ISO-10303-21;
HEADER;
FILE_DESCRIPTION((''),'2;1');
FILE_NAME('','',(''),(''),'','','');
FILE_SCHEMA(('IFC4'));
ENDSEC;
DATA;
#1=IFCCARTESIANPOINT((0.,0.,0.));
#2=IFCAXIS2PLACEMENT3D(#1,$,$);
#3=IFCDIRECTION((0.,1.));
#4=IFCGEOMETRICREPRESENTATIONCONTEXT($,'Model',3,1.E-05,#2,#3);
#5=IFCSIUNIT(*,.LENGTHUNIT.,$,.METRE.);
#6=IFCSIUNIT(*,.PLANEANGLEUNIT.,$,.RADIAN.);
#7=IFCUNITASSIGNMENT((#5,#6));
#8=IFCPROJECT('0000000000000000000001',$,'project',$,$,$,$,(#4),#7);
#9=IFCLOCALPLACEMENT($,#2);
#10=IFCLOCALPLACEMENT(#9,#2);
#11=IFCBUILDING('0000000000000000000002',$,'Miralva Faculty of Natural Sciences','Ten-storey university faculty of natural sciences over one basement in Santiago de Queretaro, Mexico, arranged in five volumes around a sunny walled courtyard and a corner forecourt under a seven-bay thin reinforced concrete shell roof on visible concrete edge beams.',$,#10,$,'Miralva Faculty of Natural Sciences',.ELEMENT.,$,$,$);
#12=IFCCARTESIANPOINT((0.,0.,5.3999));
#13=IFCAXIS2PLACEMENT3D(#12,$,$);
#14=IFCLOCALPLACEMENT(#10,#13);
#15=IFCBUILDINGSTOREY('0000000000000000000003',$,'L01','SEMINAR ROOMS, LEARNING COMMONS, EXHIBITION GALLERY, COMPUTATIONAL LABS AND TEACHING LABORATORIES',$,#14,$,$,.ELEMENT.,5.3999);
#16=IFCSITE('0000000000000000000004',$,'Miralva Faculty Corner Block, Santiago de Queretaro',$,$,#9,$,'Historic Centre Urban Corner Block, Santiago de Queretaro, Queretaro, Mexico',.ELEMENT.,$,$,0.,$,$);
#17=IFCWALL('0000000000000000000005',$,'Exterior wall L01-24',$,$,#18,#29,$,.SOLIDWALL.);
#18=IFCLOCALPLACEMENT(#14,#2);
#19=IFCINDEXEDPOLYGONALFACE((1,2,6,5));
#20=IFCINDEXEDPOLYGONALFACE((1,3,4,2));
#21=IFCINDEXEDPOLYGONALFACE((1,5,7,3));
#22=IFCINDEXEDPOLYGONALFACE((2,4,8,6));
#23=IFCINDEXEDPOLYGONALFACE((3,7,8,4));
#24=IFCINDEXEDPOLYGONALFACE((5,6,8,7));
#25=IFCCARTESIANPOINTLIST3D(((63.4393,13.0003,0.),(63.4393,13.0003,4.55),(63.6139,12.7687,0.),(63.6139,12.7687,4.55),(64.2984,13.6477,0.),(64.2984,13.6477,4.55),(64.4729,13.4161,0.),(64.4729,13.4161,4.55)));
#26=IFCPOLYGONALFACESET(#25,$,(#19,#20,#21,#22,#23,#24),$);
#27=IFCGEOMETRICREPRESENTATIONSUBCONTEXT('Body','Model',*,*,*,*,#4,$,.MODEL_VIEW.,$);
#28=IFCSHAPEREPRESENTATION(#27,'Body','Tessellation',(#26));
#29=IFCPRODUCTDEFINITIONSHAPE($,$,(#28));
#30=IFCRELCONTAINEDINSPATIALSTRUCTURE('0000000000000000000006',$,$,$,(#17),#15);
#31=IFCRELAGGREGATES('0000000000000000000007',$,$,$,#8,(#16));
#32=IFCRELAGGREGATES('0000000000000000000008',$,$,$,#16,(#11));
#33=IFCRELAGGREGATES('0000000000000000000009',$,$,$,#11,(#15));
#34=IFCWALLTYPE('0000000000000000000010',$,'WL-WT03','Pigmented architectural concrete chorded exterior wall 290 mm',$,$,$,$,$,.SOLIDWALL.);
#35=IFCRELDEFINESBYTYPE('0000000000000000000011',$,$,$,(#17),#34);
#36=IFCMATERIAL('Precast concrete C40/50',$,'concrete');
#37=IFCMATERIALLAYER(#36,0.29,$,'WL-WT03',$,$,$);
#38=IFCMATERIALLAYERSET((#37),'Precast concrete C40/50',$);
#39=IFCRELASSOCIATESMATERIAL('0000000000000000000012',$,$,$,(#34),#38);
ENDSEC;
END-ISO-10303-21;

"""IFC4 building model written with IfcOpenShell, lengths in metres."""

from ifc_helpers import new_model, si_unit, direction, frame, frame_2d, origin, place, context, subcontext, project, spatial, rectangle, extrude, material, layer, layer_set, type_object, element, save


model = new_model("IFC4")

# Units and contexts
model_context = context("Model", 3, precision=1e-05, world=origin(), true_north=direction((0.0, 1.0)))
body_context = subcontext(model_context, "Body", "Model", "MODEL_VIEW")
ifc_project = project(units=[si_unit("LENGTHUNIT", "METRE"), si_unit("PLANEANGLEUNIT", "RADIAN")], contexts=[model_context])

# Site, building, storey
site_placement = place(None, origin())
site = spatial("IfcSite", under=ifc_project, at=site_placement, Name="Miralva Faculty Corner Block, Santiago de Queretaro", LongName="Historic Centre Urban Corner Block, Santiago de Queretaro, Queretaro, Mexico", CompositionType="ELEMENT", RefElevation=0.0)
building_placement = place(site_placement, origin())
building = spatial("IfcBuilding", under=site, at=building_placement, Name="Miralva Faculty of Natural Sciences", Description="Ten-storey university faculty of natural sciences over one basement in Santiago de Queretaro, Mexico, arranged in five volumes around a sunny walled courtyard and a corner forecourt under a seven-bay thin reinforced concrete shell roof on visible concrete edge beams.", LongName="Miralva Faculty of Natural Sciences", CompositionType="ELEMENT")
storey_placement = place(building_placement, frame((0.0, 0.0, 5.3999)))
storey = spatial("IfcBuildingStorey", under=building, at=storey_placement, Name="L01", Description="SEMINAR ROOMS, LEARNING COMMONS, EXHIBITION GALLERY, COMPUTATIONAL LABS AND TEACHING LABORATORIES", CompositionType="ELEMENT", Elevation=5.3999)

# Wall
ifc_material_1 = material(Name="Precast concrete C40/50", Category="concrete")
ifc_layer_1 = layer(ifc_material_1, 0.29, Name="WL-WT03")
ifc_layer_set_1 = layer_set([ifc_layer_1], Name="Precast concrete C40/50")
wall_type_1 = type_object("IfcWallType", Name="WL-WT03", Description="Pigmented architectural concrete chorded exterior wall 290 mm", PredefinedType="SOLIDWALL", material=ifc_layer_set_1)
wall_1_placement = place(storey_placement, frame((63.5266, 12.8845, 0.0), z_axis=(0.0, 0.0, 1.0), x_axis=(0.798609, 0.60185, 0.0)))
element("IfcWall", 1, at=wall_1_placement, inside=storey, type_object=wall_type_1, Name="Exterior wall L01-24", PredefinedType="SOLIDWALL", context=body_context, shape_type="SweptSolid", body=[
    extrude(rectangle(XDim=1.0757, YDim=0.29, at=frame_2d((0.5378, 0.0))), origin(), (0.0, 0.0, 1.0), 4.55),
])

save(model, "model.ifc")
